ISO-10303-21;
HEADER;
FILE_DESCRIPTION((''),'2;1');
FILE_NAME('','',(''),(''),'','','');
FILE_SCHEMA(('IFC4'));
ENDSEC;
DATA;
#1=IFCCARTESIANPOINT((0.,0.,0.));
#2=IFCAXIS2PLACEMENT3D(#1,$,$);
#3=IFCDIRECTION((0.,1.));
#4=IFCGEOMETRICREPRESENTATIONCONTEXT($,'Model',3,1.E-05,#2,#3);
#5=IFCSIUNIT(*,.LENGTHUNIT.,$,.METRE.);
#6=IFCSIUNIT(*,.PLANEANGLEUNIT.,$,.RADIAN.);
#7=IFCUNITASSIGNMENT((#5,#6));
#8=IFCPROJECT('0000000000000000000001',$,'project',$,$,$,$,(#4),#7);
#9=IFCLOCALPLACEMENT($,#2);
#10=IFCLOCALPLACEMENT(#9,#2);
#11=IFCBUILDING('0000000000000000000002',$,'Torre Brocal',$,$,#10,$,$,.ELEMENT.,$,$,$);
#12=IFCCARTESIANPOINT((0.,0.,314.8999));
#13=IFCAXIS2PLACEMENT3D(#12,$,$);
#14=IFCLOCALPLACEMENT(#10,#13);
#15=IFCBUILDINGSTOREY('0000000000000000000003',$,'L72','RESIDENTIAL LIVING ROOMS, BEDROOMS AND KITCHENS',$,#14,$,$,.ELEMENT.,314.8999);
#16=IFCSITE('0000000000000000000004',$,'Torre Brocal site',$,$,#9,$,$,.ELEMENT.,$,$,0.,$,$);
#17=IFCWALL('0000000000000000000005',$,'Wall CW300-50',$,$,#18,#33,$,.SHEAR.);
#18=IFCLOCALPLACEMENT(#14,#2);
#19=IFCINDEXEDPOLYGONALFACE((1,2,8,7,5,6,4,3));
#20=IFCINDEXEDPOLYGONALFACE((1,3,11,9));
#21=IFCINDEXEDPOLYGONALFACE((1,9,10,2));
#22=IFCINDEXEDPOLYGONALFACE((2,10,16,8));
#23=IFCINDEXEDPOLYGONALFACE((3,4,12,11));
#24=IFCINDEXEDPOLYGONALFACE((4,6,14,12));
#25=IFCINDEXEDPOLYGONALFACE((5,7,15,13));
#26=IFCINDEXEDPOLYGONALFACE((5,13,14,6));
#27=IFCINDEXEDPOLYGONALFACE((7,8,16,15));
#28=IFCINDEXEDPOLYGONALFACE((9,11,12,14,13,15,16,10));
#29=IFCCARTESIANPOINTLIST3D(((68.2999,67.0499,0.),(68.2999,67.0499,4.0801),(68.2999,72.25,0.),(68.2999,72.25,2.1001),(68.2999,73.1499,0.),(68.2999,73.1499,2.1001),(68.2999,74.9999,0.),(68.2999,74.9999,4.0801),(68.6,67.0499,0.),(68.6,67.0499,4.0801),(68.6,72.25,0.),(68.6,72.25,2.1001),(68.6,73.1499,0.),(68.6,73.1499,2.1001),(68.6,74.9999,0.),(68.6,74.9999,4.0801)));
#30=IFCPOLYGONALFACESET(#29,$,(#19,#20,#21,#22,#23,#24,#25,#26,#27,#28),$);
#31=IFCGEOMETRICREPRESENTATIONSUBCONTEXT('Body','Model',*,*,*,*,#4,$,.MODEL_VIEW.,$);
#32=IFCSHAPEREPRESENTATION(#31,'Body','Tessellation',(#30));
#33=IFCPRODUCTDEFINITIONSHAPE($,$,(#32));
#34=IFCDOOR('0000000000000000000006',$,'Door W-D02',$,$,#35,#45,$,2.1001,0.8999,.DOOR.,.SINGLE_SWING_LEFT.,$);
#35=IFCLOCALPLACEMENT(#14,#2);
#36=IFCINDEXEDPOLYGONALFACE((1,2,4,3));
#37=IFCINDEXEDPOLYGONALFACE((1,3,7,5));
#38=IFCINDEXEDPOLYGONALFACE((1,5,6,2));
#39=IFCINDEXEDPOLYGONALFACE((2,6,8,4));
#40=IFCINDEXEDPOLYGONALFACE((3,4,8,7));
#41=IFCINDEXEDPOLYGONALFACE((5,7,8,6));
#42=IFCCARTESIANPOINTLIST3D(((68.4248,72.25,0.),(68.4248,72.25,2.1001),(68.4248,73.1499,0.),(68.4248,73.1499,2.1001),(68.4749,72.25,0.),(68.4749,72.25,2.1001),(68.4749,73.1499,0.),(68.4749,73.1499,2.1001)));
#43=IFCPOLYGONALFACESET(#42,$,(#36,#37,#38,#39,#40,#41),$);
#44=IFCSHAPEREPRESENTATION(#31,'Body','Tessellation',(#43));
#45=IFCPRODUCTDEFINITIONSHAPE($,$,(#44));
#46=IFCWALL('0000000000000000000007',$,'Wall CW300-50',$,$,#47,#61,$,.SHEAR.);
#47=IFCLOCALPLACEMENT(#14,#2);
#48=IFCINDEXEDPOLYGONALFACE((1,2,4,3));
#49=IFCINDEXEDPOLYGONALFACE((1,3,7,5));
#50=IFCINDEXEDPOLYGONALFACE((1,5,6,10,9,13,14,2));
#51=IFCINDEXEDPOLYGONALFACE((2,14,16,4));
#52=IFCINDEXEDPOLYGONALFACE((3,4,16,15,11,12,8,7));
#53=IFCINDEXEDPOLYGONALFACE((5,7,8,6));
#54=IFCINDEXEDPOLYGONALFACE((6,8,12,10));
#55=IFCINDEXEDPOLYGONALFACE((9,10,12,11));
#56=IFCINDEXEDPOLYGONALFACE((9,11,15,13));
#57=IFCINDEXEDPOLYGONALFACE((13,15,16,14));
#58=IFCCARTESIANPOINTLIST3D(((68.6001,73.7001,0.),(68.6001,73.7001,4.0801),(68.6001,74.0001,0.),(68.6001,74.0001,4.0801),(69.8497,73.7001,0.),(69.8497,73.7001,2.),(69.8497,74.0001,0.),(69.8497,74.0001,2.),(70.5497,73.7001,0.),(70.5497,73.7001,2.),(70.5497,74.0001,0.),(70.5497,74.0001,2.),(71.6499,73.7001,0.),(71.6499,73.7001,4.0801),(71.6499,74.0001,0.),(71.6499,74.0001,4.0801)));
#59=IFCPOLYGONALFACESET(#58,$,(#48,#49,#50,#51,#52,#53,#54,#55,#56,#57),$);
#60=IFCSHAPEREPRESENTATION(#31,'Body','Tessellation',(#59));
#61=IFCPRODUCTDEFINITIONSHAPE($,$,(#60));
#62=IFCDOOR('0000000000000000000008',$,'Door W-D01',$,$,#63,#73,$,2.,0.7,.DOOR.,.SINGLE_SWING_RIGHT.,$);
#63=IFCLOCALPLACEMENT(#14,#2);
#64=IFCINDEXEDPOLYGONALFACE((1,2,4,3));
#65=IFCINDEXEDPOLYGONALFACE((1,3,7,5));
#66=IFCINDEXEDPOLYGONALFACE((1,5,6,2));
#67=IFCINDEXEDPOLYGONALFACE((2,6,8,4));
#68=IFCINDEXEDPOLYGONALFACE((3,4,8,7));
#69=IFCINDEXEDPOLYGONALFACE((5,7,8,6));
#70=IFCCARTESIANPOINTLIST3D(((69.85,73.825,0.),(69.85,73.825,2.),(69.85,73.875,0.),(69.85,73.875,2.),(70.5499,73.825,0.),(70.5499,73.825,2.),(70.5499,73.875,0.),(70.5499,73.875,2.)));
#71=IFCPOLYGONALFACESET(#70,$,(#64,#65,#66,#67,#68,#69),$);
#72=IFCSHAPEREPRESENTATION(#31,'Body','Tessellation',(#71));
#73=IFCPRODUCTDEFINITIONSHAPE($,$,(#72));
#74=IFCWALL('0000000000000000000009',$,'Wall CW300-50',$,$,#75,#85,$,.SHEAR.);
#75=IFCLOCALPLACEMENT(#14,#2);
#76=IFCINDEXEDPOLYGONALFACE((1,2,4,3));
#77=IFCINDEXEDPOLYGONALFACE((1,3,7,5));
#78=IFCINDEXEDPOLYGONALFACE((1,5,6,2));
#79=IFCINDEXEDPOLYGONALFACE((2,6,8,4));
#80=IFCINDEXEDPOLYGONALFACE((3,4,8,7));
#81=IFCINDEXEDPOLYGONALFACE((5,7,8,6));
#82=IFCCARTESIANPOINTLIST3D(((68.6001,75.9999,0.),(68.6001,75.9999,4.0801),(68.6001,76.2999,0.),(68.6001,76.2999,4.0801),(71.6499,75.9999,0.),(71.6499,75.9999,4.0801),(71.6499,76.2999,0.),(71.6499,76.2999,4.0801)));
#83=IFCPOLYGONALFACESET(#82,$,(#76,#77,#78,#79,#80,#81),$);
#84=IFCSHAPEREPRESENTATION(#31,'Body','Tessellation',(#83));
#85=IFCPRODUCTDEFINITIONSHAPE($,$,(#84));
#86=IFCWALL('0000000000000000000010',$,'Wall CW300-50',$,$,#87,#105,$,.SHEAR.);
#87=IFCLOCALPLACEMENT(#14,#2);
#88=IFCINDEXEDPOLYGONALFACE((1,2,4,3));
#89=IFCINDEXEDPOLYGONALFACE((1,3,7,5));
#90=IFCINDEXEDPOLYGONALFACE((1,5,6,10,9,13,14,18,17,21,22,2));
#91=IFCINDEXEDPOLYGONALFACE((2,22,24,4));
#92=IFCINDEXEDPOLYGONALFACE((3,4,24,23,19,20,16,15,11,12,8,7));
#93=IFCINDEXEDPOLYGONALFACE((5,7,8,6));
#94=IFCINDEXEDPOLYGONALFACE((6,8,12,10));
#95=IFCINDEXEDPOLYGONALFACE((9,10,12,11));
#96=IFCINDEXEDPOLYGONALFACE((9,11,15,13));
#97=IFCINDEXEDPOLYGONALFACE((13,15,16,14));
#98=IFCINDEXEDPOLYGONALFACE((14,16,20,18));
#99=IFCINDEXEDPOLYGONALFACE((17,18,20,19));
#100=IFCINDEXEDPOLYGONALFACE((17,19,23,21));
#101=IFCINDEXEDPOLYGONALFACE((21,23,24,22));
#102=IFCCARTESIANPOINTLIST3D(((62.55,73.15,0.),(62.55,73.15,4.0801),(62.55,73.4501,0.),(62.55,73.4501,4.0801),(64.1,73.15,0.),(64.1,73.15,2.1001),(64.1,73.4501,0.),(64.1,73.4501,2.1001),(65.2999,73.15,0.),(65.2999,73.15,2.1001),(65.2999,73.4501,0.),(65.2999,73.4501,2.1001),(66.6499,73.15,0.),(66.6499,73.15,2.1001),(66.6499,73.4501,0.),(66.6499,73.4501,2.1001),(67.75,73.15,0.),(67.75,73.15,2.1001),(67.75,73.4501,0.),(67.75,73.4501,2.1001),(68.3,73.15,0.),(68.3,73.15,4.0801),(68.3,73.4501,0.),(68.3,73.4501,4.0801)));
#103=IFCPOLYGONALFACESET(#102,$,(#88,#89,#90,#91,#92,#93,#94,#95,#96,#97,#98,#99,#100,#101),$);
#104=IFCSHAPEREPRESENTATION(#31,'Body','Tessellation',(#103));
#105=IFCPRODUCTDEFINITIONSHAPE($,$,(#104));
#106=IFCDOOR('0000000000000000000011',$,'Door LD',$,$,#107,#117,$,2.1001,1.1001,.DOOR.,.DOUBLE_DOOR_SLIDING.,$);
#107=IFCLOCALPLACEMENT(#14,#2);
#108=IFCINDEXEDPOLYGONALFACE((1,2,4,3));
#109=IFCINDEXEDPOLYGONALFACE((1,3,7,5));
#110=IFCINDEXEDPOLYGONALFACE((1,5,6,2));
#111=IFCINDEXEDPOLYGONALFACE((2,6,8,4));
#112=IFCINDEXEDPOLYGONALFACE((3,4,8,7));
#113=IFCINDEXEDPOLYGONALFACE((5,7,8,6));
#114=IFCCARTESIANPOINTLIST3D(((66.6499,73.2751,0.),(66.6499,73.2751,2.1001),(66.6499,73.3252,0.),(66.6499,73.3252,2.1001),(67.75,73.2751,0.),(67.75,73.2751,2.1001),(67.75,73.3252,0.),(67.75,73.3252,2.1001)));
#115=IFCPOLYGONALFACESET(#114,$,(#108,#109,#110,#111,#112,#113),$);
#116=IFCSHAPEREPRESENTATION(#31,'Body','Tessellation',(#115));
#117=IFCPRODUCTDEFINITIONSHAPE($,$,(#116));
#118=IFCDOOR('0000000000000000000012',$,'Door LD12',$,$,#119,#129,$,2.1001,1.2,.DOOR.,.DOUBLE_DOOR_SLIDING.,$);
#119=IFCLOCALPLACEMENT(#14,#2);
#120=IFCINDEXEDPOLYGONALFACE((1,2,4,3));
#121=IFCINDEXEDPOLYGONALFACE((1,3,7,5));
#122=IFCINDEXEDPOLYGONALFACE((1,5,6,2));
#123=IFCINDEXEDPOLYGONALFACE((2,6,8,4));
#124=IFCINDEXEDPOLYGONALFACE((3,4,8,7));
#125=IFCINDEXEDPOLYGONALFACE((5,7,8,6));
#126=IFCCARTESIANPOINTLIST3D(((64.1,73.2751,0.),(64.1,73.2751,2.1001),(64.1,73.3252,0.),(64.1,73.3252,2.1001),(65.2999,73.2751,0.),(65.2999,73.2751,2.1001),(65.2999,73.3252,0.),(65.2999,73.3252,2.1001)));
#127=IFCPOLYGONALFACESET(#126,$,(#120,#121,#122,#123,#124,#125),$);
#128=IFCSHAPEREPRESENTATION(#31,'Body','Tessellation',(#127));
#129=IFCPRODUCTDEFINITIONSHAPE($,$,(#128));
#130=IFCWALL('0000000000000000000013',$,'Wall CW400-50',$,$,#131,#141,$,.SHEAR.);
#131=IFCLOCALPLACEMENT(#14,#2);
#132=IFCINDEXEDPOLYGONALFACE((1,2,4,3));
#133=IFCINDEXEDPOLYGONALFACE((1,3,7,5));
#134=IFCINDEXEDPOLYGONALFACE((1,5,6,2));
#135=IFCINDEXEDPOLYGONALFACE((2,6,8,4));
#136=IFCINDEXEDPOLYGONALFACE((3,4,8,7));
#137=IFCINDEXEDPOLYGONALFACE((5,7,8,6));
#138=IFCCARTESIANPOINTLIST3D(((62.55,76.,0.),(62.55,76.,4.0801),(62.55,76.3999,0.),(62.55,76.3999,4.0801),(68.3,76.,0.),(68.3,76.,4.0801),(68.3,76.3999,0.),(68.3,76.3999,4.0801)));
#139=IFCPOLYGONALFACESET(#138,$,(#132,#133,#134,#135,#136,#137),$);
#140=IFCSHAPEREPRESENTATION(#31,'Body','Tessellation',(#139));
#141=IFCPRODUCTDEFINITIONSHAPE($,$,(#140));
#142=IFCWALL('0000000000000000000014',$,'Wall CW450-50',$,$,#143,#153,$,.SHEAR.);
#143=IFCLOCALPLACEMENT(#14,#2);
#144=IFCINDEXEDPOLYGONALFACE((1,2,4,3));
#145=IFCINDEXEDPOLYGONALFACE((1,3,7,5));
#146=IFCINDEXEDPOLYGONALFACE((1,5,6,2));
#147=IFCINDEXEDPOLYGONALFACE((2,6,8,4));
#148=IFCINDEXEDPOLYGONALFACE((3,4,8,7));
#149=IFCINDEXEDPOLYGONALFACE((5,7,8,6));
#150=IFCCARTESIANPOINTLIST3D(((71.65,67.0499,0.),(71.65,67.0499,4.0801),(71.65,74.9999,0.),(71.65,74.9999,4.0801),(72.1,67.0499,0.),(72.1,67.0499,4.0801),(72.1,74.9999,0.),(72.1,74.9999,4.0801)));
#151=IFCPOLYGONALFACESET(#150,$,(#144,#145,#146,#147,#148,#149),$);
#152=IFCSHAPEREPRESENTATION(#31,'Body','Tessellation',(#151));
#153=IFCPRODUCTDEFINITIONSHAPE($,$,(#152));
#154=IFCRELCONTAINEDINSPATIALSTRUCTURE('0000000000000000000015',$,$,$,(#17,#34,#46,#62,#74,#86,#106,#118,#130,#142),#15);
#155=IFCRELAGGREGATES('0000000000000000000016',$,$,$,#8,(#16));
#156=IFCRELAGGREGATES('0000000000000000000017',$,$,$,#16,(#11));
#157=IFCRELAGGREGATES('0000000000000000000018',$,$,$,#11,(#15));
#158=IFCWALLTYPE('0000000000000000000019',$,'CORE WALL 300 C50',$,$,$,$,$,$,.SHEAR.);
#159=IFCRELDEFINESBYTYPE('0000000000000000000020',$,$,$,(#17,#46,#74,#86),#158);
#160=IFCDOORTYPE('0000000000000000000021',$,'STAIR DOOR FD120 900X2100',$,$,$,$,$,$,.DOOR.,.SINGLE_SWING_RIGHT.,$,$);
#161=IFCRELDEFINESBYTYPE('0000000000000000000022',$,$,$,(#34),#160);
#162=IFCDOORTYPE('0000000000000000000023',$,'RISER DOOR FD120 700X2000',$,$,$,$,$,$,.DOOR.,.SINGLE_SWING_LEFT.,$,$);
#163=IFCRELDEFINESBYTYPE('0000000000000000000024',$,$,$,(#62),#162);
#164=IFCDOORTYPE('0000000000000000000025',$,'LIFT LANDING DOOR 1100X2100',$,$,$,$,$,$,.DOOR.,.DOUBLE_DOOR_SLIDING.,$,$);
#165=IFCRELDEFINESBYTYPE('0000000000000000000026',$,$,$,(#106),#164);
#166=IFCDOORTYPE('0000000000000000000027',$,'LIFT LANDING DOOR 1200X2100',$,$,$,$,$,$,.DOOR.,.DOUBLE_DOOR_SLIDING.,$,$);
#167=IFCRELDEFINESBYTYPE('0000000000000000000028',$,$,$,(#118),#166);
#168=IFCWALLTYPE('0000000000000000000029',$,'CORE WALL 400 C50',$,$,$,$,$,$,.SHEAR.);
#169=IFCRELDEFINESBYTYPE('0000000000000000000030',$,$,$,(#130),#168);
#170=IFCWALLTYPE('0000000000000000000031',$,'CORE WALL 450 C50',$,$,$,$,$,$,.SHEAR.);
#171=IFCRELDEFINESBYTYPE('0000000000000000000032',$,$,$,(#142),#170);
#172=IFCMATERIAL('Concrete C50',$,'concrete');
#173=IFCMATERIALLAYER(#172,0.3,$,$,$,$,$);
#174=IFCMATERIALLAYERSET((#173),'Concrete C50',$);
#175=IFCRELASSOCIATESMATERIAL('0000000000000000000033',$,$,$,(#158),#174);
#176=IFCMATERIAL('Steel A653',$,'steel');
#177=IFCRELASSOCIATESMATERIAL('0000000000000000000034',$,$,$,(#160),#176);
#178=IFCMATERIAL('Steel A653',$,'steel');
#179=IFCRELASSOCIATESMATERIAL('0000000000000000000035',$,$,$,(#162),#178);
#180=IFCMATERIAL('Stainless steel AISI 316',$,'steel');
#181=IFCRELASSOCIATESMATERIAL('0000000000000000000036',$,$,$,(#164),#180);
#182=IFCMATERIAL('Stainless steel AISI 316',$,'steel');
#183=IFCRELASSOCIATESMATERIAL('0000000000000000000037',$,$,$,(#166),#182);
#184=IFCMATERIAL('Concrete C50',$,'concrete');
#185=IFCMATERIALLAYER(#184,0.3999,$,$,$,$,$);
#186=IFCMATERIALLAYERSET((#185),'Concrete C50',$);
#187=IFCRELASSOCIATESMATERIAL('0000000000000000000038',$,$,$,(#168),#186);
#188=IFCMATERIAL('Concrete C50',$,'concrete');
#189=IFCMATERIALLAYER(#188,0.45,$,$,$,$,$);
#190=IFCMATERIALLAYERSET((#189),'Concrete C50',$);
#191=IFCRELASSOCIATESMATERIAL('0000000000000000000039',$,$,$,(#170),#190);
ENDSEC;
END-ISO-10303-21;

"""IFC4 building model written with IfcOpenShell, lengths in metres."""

from ifc_helpers import new_model, si_unit, direction, frame, frame_2d, origin, place, context, subcontext, project, spatial, rectangle, extrude, material, layer, layer_set, type_object, element, fill, save


model = new_model("IFC4")

# Units and contexts
model_context = context("Model", 3, precision=1e-05, world=origin(), true_north=direction((0.0, 1.0)))
body_context = subcontext(model_context, "Body", "Model", "MODEL_VIEW")
ifc_project = project(units=[si_unit("LENGTHUNIT", "METRE"), si_unit("PLANEANGLEUNIT", "RADIAN")], contexts=[model_context])

# Site, building, storey
site_placement = place(None, origin())
site = spatial("IfcSite", under=ifc_project, at=site_placement, Name="Torre Brocal site", CompositionType="ELEMENT", RefElevation=0.0)
building_placement = place(site_placement, origin())
building = spatial("IfcBuilding", under=site, at=building_placement, Name="Torre Brocal", CompositionType="ELEMENT")
storey_placement = place(building_placement, frame((0.0, 0.0, 314.8999)))
storey = spatial("IfcBuildingStorey", under=building, at=storey_placement, Name="L72", Description="RESIDENTIAL LIVING ROOMS, BEDROOMS AND KITCHENS", CompositionType="ELEMENT", Elevation=314.8999)

# Walls, openings, doors
ifc_material_1 = material(Name="Concrete C50", Category="concrete")
ifc_layer_1 = layer(ifc_material_1, 0.3)
ifc_layer_set_1 = layer_set([ifc_layer_1], Name="Concrete C50")
wall_type_1 = type_object("IfcWallType", Name="CORE WALL 300 C50", PredefinedType="SHEAR", material=ifc_layer_set_1)
wall_1_placement = place(storey_placement, frame((68.45, 75.0, 0.0), z_axis=(0.0, 0.0, 1.0), x_axis=(0.0, -1.0, 0.0)))
wall_1 = element("IfcWall", 1, at=wall_1_placement, inside=storey, type_object=wall_type_1, Name="Wall CW300-50", PredefinedType="SHEAR", context=body_context, shape_type="SweptSolid", body=[
    extrude(rectangle(XDim=7.95, YDim=0.3, at=frame_2d((3.9751, 0.0))), origin(), (0.0, 0.0, 1.0), 4.0801),
])
opening_1_placement = place(wall_1_placement, frame((1.8501, 0.0, 0.0)))
opening_1 = element("IfcOpeningElement", 2, at=opening_1_placement, cuts=wall_1, PredefinedType="OPENING", context=body_context, shape_type="SweptSolid", body=[
    extrude(rectangle(XDim=0.8999, YDim=2.1001, at=frame_2d((0.45, 1.05))), frame((0.0, 0.1599, 0.0), z_axis=(0.0, -1.0, 0.0), x_axis=(1.0, 0.0, 0.0)), (0.0, 0.0, 1.0), 0.3201),
])
ifc_material_2 = material(Name="Steel A653", Category="steel")
door_type_1 = type_object("IfcDoorType", Name="STAIR DOOR FD120 900X2100", OperationType="SINGLE_SWING_RIGHT", PredefinedType="DOOR", material=ifc_material_2)
door_1_placement = place(opening_1_placement, origin())
door_1 = element("IfcDoor", 3, at=door_1_placement, inside=storey, type_object=door_type_1, Name="Door W-D02", OperationType="SINGLE_SWING_LEFT", OverallHeight=2.1001, OverallWidth=0.8999, PredefinedType="DOOR", context=body_context, shape_type="SweptSolid", body=[
    extrude(rectangle(XDim=0.8999, YDim=2.1001, at=frame_2d((0.45, 1.05))), frame((0.0, 0.0249, 0.0), z_axis=(0.0, -1.0, 0.0), x_axis=(1.0, 0.0, 0.0)), (0.0, 0.0, 1.0), 0.05),
])
fill(opening_1, door_1)
wall_2_placement = place(storey_placement, frame((71.6499, 73.8501, 0.0), z_axis=(0.0, 0.0, 1.0), x_axis=(-1.0, 0.0, 0.0)))
wall_2 = element("IfcWall", 4, at=wall_2_placement, inside=storey, type_object=wall_type_1, Name="Wall CW300-50", PredefinedType="SHEAR", context=body_context, shape_type="SweptSolid", body=[
    extrude(rectangle(XDim=3.0498, YDim=0.3, at=frame_2d((1.5249, 0.0))), origin(), (0.0, 0.0, 1.0), 4.0801),
])
opening_2_placement = place(wall_2_placement, frame((1.1001, 0.0, 0.0)))
opening_2 = element("IfcOpeningElement", 5, at=opening_2_placement, cuts=wall_2, PredefinedType="OPENING", context=body_context, shape_type="SweptSolid", body=[
    extrude(rectangle(XDim=0.7, YDim=2.0, at=frame_2d((0.3501, 1.0))), frame((0.0, 0.1599, 0.0), z_axis=(0.0, -1.0, 0.0), x_axis=(1.0, 0.0, 0.0)), (0.0, 0.0, 1.0), 0.3201),
])
ifc_material_3 = material(Name="Steel A653", Category="steel")
door_type_2 = type_object("IfcDoorType", Name="RISER DOOR FD120 700X2000", OperationType="SINGLE_SWING_LEFT", PredefinedType="DOOR", material=ifc_material_3)
door_2_placement = place(opening_2_placement, frame((0.7, 0.0, 0.0), z_axis=(0.0, 0.0, 1.0), x_axis=(-1.0, 0.0, 0.0)))
door_2 = element("IfcDoor", 6, at=door_2_placement, inside=storey, type_object=door_type_2, Name="Door W-D01", OperationType="SINGLE_SWING_RIGHT", OverallHeight=2.0, OverallWidth=0.7, PredefinedType="DOOR", context=body_context, shape_type="SweptSolid", body=[
    extrude(rectangle(XDim=0.7, YDim=2.0, at=frame_2d((0.3501, 1.0))), frame((0.0, 0.0249, 0.0), z_axis=(0.0, -1.0, 0.0), x_axis=(1.0, 0.0, 0.0)), (0.0, 0.0, 1.0), 0.05),
])
fill(opening_2, door_2)

# Wall
wall_3_placement = place(storey_placement, frame((71.6499, 76.1499, 0.0), z_axis=(0.0, 0.0, 1.0), x_axis=(-1.0, 0.0, 0.0)))
element("IfcWall", 7, at=wall_3_placement, inside=storey, type_object=wall_type_1, Name="Wall CW300-50", PredefinedType="SHEAR", context=body_context, shape_type="SweptSolid", body=[
    extrude(rectangle(XDim=3.0498, YDim=0.3, at=frame_2d((1.5249, 0.0))), origin(), (0.0, 0.0, 1.0), 4.0801),
])

# Wall, openings, doors
wall_4_placement = place(storey_placement, frame((68.3, 73.3, 0.0), z_axis=(0.0, 0.0, 1.0), x_axis=(-1.0, 0.0, 0.0)))
wall_4 = element("IfcWall", 8, at=wall_4_placement, inside=storey, type_object=wall_type_1, Name="Wall CW300-50", PredefinedType="SHEAR", context=body_context, shape_type="SweptSolid", body=[
    extrude(rectangle(XDim=5.75, YDim=0.3, at=frame_2d((2.875, 0.0))), origin(), (0.0, 0.0, 1.0), 4.0801),
])
opening_3_placement = place(wall_4_placement, frame((0.55, 0.0, 0.0)))
opening_3 = element("IfcOpeningElement", 9, at=opening_3_placement, cuts=wall_4, PredefinedType="OPENING", context=body_context, shape_type="SweptSolid", body=[
    extrude(rectangle(XDim=1.1001, YDim=2.1001, at=frame_2d((0.55, 1.05))), frame((0.0, 0.1599, 0.0), z_axis=(0.0, -1.0, 0.0), x_axis=(1.0, 0.0, 0.0)), (0.0, 0.0, 1.0), 0.3201),
])
opening_4_placement = place(wall_4_placement, frame((3.0, 0.0, 0.0)))
opening_4 = element("IfcOpeningElement", 10, at=opening_4_placement, cuts=wall_4, PredefinedType="OPENING", context=body_context, shape_type="SweptSolid", body=[
    extrude(rectangle(XDim=1.2, YDim=2.1001, at=frame_2d((0.6001, 1.05))), frame((0.0, 0.1599, 0.0), z_axis=(0.0, -1.0, 0.0), x_axis=(1.0, 0.0, 0.0)), (0.0, 0.0, 1.0), 0.3201),
])
ifc_material_4 = material(Name="Stainless steel AISI 316", Category="steel")
door_type_3 = type_object("IfcDoorType", Name="LIFT LANDING DOOR 1100X2100", OperationType="DOUBLE_DOOR_SLIDING", PredefinedType="DOOR", material=ifc_material_4)
door_3_placement = place(opening_3_placement, origin())
door_3 = element("IfcDoor", 11, at=door_3_placement, inside=storey, type_object=door_type_3, Name="Door LD", OperationType="DOUBLE_DOOR_SLIDING", OverallHeight=2.1001, OverallWidth=1.1001, PredefinedType="DOOR", context=body_context, shape_type="SweptSolid", body=[
    extrude(rectangle(XDim=1.1001, YDim=2.1001, at=frame_2d((0.55, 1.05))), frame((0.0, 0.0249, 0.0), z_axis=(0.0, -1.0, 0.0), x_axis=(1.0, 0.0, 0.0)), (0.0, 0.0, 1.0), 0.05),
])
fill(opening_3, door_3)
ifc_material_5 = material(Name="Stainless steel AISI 316", Category="steel")
door_type_4 = type_object("IfcDoorType", Name="LIFT LANDING DOOR 1200X2100", OperationType="DOUBLE_DOOR_SLIDING", PredefinedType="DOOR", material=ifc_material_5)
door_4_placement = place(opening_4_placement, origin())
door_4 = element("IfcDoor", 12, at=door_4_placement, inside=storey, type_object=door_type_4, Name="Door LD12", OperationType="DOUBLE_DOOR_SLIDING", OverallHeight=2.1001, OverallWidth=1.2, PredefinedType="DOOR", context=body_context, shape_type="SweptSolid", body=[
    extrude(rectangle(XDim=1.2, YDim=2.1001, at=frame_2d((0.6001, 1.05))), frame((0.0, 0.0249, 0.0), z_axis=(0.0, -1.0, 0.0), x_axis=(1.0, 0.0, 0.0)), (0.0, 0.0, 1.0), 0.05),
])
fill(opening_4, door_4)

# Walls
ifc_material_6 = material(Name="Concrete C50", Category="concrete")
ifc_layer_2 = layer(ifc_material_6, 0.3999)
ifc_layer_set_2 = layer_set([ifc_layer_2], Name="Concrete C50")
wall_type_2 = type_object("IfcWallType", Name="CORE WALL 400 C50", PredefinedType="SHEAR", material=ifc_layer_set_2)
wall_5_placement = place(storey_placement, frame((68.3, 76.2, 0.0), z_axis=(0.0, 0.0, 1.0), x_axis=(-1.0, 0.0, 0.0)))
element("IfcWall", 13, at=wall_5_placement, inside=storey, type_object=wall_type_2, Name="Wall CW400-50", PredefinedType="SHEAR", context=body_context, shape_type="SweptSolid", body=[
    extrude(rectangle(XDim=5.75, YDim=0.3999, at=frame_2d((2.875, 0.0))), origin(), (0.0, 0.0, 1.0), 4.0801),
])
ifc_material_7 = material(Name="Concrete C50", Category="concrete")
ifc_layer_3 = layer(ifc_material_7, 0.45)
ifc_layer_set_3 = layer_set([ifc_layer_3], Name="Concrete C50")
wall_type_3 = type_object("IfcWallType", Name="CORE WALL 450 C50", PredefinedType="SHEAR", material=ifc_layer_set_3)
wall_6_placement = place(storey_placement, frame((71.875, 75.0, 0.0), z_axis=(0.0, 0.0, 1.0), x_axis=(0.0, -1.0, 0.0)))
element("IfcWall", 14, at=wall_6_placement, inside=storey, type_object=wall_type_3, Name="Wall CW450-50", PredefinedType="SHEAR", context=body_context, shape_type="SweptSolid", body=[
    extrude(rectangle(XDim=7.95, YDim=0.45, at=frame_2d((3.9751, 0.0))), origin(), (0.0, 0.0, 1.0), 4.0801),
])

save(model, "model.ifc")
